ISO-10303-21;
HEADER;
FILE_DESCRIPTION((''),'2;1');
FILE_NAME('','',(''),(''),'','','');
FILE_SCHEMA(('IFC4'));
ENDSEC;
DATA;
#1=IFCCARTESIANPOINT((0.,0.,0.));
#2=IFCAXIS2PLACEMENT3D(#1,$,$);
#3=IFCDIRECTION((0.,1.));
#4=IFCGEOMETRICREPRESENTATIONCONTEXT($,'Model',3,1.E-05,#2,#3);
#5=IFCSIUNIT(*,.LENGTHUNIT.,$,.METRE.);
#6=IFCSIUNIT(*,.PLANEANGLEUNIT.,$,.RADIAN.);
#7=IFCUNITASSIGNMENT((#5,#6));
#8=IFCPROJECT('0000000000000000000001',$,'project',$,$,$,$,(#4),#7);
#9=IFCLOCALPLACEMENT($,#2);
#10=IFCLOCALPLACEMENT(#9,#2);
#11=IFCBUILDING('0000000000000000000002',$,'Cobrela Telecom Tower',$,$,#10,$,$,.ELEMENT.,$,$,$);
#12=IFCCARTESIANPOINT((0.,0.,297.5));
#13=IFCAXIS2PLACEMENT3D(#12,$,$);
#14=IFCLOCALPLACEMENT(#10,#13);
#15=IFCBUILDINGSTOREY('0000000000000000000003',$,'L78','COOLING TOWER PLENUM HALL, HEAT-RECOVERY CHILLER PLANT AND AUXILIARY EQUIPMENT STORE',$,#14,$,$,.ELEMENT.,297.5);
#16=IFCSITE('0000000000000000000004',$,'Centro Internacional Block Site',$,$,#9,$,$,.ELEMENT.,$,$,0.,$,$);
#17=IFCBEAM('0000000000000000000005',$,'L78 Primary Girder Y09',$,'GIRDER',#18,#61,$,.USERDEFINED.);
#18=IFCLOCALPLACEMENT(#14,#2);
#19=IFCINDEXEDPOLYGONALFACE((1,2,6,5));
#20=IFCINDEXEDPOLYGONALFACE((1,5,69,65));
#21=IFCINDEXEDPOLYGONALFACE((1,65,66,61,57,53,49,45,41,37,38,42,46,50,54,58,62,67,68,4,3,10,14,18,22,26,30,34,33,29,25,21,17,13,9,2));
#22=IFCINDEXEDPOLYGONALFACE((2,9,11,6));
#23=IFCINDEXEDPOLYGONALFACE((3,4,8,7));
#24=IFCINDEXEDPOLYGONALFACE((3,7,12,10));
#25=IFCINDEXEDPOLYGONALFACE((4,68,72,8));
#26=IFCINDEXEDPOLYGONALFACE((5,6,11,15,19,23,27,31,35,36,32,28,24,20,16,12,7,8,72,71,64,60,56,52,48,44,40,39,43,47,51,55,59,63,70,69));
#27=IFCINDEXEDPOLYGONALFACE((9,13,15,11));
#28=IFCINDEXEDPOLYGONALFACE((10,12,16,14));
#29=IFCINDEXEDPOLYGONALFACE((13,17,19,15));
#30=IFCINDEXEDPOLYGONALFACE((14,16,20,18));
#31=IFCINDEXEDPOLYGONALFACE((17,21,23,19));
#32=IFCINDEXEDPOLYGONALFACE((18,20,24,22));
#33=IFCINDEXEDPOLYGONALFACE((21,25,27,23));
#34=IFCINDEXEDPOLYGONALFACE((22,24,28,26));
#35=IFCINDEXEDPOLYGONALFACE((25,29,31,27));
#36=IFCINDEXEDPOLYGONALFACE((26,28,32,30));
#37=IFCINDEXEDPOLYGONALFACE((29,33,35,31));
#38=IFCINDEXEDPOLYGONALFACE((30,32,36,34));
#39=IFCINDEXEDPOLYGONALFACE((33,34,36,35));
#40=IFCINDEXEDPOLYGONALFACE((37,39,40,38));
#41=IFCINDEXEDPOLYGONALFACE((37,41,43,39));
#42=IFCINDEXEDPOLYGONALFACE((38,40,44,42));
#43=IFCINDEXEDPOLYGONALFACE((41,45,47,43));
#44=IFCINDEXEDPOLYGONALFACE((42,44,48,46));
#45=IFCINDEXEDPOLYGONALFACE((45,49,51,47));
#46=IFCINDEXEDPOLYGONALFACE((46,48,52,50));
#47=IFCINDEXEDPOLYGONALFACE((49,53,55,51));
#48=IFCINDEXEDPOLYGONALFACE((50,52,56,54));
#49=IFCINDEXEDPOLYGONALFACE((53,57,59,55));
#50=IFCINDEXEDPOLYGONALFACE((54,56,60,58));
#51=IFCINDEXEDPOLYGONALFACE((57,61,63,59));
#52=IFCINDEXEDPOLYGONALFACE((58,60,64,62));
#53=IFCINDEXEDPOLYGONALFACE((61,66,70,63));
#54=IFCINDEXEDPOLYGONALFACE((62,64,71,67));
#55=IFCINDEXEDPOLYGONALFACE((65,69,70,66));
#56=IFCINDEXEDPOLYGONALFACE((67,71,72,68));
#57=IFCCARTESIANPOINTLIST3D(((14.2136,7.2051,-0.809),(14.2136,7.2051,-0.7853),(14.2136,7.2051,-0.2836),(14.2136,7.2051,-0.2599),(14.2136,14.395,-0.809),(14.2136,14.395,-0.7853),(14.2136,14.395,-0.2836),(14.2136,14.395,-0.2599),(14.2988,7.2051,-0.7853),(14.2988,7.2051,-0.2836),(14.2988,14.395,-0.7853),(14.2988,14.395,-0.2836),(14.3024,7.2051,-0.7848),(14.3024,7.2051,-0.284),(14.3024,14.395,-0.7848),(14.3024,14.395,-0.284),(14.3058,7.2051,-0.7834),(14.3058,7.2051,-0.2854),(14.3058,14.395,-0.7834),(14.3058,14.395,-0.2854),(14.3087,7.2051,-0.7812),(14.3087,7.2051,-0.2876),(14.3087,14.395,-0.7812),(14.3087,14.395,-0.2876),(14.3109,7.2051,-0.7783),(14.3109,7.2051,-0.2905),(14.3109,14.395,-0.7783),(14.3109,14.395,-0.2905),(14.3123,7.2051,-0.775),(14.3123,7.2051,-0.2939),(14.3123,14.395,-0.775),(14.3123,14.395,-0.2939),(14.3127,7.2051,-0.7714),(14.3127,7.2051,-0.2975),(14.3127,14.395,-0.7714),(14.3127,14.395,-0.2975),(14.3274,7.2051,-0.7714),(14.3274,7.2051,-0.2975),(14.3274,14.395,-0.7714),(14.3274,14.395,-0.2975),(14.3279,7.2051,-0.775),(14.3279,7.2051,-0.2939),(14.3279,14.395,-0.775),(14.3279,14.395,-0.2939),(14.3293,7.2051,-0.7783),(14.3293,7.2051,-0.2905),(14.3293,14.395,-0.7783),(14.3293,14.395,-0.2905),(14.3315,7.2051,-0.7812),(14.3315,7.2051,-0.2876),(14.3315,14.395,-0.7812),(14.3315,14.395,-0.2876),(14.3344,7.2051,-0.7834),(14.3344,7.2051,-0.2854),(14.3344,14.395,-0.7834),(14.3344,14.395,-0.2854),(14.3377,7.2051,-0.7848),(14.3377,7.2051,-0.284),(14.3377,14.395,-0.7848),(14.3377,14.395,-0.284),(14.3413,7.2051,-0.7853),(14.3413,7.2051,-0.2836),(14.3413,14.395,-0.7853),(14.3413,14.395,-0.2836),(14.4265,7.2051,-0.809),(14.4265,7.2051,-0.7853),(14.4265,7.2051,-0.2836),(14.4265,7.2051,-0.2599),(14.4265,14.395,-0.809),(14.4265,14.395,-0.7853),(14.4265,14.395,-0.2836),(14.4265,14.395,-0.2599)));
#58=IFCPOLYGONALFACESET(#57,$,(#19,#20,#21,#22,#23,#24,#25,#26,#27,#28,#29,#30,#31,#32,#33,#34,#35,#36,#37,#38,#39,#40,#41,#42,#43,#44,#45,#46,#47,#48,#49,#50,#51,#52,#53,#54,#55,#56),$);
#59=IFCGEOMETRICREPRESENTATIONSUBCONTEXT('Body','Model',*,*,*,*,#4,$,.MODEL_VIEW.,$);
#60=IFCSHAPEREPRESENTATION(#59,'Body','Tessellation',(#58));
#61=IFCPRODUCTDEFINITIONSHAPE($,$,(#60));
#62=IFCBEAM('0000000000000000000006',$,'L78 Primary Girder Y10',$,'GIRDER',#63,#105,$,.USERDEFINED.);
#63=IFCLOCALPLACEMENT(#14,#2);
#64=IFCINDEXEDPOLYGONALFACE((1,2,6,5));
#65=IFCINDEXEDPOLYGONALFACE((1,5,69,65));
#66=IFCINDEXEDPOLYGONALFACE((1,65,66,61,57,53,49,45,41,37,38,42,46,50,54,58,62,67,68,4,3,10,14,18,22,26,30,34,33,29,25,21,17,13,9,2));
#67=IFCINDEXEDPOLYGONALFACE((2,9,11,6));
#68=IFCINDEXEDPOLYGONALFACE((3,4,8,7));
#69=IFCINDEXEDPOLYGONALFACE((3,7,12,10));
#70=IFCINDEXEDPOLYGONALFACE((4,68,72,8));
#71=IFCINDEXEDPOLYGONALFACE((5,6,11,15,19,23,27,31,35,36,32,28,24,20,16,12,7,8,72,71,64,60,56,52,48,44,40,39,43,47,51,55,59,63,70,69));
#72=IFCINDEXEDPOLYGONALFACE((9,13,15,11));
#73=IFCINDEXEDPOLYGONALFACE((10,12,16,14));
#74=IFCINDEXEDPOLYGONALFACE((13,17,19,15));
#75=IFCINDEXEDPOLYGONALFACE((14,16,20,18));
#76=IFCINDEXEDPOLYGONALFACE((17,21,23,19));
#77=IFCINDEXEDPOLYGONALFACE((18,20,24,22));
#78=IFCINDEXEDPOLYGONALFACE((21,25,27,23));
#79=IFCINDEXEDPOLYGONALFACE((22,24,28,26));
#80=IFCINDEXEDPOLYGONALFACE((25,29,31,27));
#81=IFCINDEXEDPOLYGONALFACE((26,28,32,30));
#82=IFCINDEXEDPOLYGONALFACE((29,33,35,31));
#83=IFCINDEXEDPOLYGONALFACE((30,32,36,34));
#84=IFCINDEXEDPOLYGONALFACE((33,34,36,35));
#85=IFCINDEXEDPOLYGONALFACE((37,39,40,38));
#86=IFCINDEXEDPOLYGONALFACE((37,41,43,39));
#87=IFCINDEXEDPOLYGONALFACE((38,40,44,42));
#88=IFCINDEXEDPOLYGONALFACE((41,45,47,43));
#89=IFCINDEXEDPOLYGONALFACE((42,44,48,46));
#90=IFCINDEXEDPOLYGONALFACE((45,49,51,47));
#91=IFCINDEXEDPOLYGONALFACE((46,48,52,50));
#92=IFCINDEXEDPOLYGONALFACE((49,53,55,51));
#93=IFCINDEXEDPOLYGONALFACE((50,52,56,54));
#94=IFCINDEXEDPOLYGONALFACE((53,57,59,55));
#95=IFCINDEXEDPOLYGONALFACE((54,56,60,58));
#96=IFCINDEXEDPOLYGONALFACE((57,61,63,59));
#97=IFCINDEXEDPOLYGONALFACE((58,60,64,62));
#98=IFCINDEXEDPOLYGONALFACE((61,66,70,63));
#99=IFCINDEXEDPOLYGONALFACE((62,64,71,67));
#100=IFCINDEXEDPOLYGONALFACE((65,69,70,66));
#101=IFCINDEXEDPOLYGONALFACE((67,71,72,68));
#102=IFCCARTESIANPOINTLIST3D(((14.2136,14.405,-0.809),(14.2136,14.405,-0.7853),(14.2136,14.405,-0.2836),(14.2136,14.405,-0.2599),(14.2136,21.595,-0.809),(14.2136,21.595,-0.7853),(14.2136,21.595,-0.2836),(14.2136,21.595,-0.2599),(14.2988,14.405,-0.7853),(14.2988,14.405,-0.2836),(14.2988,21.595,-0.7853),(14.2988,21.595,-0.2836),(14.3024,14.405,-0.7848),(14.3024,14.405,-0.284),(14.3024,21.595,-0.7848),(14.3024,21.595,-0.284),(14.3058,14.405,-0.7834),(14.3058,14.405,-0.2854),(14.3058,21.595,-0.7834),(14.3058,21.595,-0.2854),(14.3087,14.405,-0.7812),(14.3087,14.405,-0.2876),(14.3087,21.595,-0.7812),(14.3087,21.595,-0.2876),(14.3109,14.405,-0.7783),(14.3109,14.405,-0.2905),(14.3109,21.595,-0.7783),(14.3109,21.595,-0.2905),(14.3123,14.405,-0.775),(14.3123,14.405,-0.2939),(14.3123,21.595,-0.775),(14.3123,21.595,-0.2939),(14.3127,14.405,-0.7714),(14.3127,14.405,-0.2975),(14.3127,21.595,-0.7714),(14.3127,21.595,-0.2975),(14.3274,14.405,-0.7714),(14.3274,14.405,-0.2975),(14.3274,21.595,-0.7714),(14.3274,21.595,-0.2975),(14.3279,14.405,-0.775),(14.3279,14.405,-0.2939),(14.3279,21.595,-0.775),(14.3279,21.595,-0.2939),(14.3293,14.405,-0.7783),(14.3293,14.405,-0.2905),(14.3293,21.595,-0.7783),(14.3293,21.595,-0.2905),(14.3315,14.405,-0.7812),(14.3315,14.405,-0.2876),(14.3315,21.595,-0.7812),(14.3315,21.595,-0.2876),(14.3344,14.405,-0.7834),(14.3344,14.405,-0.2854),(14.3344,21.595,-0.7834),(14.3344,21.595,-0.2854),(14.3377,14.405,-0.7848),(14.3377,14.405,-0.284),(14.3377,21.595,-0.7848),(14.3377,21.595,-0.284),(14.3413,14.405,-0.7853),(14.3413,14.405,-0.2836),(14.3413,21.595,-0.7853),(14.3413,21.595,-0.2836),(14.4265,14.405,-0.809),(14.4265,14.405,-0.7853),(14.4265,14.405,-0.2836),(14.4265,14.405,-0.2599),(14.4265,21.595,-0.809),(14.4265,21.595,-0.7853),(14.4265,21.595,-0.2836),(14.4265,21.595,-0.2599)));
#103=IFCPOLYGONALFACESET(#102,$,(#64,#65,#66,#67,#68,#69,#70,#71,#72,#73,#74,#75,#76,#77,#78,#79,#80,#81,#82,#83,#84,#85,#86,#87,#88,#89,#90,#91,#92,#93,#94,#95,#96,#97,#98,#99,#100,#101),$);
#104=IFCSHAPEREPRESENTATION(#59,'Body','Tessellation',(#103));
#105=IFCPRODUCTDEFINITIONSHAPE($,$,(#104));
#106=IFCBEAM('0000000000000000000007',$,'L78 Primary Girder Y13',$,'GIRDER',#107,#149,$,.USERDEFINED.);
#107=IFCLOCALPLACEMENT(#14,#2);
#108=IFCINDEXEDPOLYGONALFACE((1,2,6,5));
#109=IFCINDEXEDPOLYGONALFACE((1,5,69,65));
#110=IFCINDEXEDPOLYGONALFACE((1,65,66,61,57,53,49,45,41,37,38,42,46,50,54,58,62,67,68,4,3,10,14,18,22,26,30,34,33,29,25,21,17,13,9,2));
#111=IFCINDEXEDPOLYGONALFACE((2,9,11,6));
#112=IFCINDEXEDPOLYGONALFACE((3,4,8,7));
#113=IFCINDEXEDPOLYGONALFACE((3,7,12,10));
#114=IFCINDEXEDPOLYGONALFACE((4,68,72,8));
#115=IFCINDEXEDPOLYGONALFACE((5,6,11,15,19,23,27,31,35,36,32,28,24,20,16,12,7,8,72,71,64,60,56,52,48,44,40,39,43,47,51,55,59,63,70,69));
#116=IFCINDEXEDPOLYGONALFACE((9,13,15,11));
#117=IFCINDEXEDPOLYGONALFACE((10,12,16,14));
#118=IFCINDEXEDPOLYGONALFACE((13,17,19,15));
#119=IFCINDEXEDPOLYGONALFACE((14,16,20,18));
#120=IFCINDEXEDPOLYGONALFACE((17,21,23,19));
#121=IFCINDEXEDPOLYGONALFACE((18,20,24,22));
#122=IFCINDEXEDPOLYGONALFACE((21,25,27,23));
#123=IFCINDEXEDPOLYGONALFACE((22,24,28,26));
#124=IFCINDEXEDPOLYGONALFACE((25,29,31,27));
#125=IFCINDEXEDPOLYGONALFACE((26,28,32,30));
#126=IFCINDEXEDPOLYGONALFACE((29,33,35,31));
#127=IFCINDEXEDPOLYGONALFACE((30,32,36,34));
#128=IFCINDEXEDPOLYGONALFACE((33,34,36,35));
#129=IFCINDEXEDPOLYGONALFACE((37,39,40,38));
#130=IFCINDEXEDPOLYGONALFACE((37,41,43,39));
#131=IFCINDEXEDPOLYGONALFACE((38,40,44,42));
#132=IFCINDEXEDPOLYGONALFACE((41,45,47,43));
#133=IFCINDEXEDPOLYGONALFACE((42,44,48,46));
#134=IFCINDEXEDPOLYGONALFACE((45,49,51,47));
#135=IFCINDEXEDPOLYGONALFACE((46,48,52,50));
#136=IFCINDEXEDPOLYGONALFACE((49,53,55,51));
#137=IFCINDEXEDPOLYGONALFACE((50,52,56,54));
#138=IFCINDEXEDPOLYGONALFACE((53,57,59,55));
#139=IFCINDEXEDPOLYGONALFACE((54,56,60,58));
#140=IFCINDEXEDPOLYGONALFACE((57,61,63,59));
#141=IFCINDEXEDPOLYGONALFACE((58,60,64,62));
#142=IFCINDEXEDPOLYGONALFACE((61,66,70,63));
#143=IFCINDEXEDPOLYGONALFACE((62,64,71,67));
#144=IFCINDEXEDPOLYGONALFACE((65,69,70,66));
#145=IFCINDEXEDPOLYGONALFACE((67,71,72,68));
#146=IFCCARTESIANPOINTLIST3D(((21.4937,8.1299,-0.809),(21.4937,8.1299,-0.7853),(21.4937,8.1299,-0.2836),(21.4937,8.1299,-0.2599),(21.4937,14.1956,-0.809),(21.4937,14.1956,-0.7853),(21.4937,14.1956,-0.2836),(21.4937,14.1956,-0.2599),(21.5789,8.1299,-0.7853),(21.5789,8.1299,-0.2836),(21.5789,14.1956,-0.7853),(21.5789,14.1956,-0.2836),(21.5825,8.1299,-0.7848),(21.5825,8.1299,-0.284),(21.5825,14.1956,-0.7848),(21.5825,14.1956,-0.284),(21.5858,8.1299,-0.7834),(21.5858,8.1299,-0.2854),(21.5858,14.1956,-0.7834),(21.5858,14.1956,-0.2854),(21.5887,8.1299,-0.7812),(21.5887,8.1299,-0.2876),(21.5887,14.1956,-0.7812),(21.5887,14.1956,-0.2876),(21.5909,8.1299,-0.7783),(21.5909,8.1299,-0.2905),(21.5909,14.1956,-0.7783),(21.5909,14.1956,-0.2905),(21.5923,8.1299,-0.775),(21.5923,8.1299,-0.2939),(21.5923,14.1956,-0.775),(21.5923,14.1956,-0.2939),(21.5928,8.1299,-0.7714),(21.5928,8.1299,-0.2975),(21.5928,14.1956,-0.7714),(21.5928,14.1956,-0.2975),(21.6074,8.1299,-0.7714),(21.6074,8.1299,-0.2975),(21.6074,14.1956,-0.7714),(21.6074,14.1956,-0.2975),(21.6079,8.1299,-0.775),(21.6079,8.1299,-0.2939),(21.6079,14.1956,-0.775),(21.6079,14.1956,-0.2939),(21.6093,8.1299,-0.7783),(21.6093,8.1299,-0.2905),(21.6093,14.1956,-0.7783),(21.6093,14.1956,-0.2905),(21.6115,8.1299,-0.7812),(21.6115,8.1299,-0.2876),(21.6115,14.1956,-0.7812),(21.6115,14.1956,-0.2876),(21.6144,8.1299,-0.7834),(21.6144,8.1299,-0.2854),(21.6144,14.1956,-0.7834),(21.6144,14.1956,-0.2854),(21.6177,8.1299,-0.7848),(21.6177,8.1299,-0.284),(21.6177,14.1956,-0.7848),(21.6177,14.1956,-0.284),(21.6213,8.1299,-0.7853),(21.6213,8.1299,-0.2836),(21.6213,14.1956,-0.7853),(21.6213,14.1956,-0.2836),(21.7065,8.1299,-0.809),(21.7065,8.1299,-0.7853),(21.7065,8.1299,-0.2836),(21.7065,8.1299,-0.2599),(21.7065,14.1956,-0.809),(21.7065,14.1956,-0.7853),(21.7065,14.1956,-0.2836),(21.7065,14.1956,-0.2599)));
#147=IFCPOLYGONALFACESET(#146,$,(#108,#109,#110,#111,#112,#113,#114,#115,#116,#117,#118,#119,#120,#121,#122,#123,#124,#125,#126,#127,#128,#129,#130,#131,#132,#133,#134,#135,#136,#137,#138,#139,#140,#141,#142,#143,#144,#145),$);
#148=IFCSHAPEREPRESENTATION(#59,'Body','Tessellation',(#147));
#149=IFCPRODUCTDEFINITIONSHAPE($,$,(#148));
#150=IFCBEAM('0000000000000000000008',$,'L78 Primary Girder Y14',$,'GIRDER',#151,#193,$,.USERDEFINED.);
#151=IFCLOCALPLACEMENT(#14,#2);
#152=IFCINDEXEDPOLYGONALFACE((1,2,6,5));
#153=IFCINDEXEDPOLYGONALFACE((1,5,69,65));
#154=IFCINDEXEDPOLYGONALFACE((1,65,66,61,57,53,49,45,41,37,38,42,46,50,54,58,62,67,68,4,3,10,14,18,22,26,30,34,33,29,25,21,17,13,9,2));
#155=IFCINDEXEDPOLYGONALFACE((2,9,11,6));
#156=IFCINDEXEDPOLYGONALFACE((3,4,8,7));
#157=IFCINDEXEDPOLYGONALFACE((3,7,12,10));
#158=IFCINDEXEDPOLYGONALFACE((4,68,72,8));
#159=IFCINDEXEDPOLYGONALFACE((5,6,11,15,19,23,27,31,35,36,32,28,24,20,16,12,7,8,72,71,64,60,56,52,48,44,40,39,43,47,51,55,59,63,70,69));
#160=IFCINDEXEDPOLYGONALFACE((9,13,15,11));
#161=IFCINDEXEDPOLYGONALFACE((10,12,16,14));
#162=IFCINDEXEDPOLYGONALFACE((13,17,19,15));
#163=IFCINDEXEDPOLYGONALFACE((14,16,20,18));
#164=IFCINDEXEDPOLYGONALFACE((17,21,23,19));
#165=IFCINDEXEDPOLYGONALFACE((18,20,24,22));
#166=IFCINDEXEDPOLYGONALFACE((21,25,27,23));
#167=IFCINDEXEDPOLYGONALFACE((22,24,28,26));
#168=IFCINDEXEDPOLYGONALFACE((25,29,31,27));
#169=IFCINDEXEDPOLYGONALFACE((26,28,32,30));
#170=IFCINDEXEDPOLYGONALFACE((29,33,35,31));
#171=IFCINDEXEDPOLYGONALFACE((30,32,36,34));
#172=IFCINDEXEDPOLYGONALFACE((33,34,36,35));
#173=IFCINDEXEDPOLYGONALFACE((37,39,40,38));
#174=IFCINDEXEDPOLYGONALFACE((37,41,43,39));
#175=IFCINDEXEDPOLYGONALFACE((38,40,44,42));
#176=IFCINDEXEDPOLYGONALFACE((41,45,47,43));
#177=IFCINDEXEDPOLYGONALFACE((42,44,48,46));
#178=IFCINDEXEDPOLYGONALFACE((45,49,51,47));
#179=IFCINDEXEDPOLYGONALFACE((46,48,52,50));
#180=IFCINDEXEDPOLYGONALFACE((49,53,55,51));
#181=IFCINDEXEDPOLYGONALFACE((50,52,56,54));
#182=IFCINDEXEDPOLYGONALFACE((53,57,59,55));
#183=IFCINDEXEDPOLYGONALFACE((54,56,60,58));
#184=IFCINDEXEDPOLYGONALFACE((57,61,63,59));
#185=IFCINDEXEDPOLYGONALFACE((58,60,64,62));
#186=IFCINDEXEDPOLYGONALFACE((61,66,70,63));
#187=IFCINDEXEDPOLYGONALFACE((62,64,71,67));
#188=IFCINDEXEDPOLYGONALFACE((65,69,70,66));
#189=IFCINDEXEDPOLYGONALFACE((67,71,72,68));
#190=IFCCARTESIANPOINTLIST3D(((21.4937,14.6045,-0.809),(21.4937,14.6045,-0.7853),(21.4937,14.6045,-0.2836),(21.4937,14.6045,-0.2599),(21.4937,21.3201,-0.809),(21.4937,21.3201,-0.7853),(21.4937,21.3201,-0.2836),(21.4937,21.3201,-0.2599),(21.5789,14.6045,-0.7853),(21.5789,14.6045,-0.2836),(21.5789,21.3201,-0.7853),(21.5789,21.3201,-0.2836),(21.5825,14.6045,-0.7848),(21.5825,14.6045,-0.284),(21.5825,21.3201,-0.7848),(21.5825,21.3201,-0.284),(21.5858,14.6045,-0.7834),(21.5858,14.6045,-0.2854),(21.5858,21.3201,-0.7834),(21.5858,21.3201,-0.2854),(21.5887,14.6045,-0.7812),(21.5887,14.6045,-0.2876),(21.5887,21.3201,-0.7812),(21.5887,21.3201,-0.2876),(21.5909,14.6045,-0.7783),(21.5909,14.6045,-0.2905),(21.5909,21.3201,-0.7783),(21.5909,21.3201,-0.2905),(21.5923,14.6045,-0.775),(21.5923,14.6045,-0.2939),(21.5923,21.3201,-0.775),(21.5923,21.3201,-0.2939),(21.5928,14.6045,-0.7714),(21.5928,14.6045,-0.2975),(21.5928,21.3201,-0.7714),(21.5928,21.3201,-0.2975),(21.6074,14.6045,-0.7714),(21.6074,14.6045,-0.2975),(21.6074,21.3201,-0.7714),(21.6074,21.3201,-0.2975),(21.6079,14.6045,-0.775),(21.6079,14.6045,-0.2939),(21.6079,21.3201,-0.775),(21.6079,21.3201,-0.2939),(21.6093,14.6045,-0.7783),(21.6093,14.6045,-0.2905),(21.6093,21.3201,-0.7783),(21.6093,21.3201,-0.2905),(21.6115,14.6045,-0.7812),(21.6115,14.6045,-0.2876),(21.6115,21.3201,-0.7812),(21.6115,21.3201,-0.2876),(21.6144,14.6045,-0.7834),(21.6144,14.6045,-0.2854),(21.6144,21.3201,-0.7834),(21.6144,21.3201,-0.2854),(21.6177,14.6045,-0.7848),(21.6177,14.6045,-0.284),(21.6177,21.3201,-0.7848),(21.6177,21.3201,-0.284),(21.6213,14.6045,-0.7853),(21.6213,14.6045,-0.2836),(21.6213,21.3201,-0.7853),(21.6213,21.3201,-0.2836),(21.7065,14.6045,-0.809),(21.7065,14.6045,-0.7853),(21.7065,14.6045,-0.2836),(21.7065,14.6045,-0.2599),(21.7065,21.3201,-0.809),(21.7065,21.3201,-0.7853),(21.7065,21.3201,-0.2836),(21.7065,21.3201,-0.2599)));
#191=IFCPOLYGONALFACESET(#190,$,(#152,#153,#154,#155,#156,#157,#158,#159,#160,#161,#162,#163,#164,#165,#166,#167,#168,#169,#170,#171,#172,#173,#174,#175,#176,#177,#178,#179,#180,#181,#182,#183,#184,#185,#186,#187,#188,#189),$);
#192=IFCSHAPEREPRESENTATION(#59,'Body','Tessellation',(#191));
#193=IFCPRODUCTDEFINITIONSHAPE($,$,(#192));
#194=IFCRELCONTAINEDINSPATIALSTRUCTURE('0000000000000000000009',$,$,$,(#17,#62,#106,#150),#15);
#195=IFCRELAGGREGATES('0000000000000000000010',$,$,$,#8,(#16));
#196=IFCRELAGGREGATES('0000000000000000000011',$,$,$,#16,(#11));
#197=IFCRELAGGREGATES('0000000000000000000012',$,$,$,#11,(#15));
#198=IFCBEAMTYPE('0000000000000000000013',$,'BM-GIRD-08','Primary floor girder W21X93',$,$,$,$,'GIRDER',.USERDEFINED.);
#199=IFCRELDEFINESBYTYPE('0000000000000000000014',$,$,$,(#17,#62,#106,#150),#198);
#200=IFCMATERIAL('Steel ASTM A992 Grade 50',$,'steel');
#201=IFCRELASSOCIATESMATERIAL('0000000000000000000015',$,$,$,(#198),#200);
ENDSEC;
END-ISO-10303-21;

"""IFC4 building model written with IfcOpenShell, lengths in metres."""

from ifc_helpers import new_model, si_unit, direction, frame, origin, origin_2d, place, context, subcontext, project, spatial, i_section, extrude, material, material_profile, profile_set, type_object, element, save


model = new_model("IFC4")

# Units and contexts
model_context = context("Model", 3, precision=1e-05, world=origin(), true_north=direction((0.0, 1.0)))
body_context = subcontext(model_context, "Body", "Model", "MODEL_VIEW")
ifc_project = project(units=[si_unit("LENGTHUNIT", "METRE"), si_unit("PLANEANGLEUNIT", "RADIAN")], contexts=[model_context])

# Site, building, storey
site_placement = place(None, origin())
site = spatial("IfcSite", under=ifc_project, at=site_placement, Name="Centro Internacional Block Site", CompositionType="ELEMENT", RefElevation=0.0)
building_placement = place(site_placement, origin())
building = spatial("IfcBuilding", under=site, at=building_placement, Name="Cobrela Telecom Tower", CompositionType="ELEMENT")
storey_placement = place(building_placement, frame((0.0, 0.0, 297.5)))
storey = spatial("IfcBuildingStorey", under=building, at=storey_placement, Name="L78", Description="COOLING TOWER PLENUM HALL, HEAT-RECOVERY CHILLER PLANT AND AUXILIARY EQUIPMENT STORE", CompositionType="ELEMENT", Elevation=297.5)

# Shared definitions
ifc_material_1 = material(Name="Steel ASTM A992 Grade 50", Category="steel")

# Beams
ifc_material_profile_1 = material_profile(ifc_material_1, i_section(OverallWidth=0.2129, OverallDepth=0.5491, WebThickness=0.0146, FlangeThickness=0.0237, FilletRadius=0.0139, at=origin_2d()), Name="W21X93")
ifc_profile_set_1 = profile_set([ifc_material_profile_1], Name="Steel ASTM A992 Grade 50")
beam_type_1 = type_object("IfcBeamType", Name="BM-GIRD-08", Description="Primary floor girder W21X93", ElementType="GIRDER", PredefinedType="USERDEFINED", material=ifc_profile_set_1)
for number, where, z_axis, x_axis, name in (
    (1, (14.3201, 7.2051, -0.5344), (0.0, 1.0, 0.0), (-1.0, 0.0, 0.0), "L78 Primary Girder Y09"),
    (2, (14.3201, 14.405, -0.5344), (0.0, 1.0, 0.0), (-1.0, 0.0, 0.0), "L78 Primary Girder Y10"),
):
    element("IfcBeam", number, at=place(storey_placement, frame(where, z_axis=z_axis, x_axis=x_axis)), inside=storey, type_object=beam_type_1, Name=name, ObjectType="GIRDER", PredefinedType="USERDEFINED", context=body_context, shape_type="SweptSolid", body=[
        extrude(i_section(OverallWidth=0.2129, OverallDepth=0.5491, WebThickness=0.0146, FlangeThickness=0.0237, FilletRadius=0.0139, at=origin_2d()), origin(), (0.0, 0.0, 1.0), 7.1899),
    ])
beam_1_placement = place(storey_placement, frame((21.6001, 8.1299, -0.5344), z_axis=(0.0, 1.0, 0.0), x_axis=(-1.0, 0.0, 0.0)))
element("IfcBeam", 3, at=beam_1_placement, inside=storey, type_object=beam_type_1, Name="L78 Primary Girder Y13", ObjectType="GIRDER", PredefinedType="USERDEFINED", context=body_context, shape_type="SweptSolid", body=[
    extrude(i_section(OverallWidth=0.2129, OverallDepth=0.5491, WebThickness=0.0146, FlangeThickness=0.0237, FilletRadius=0.0139, at=origin_2d()), origin(), (0.0, 0.0, 1.0), 6.0657),
])
beam_2_placement = place(storey_placement, frame((21.6001, 14.6045, -0.5344), z_axis=(0.0, 1.0, 0.0), x_axis=(-1.0, 0.0, 0.0)))
element("IfcBeam", 4, at=beam_2_placement, inside=storey, type_object=beam_type_1, Name="L78 Primary Girder Y14", ObjectType="GIRDER", PredefinedType="USERDEFINED", context=body_context, shape_type="SweptSolid", body=[
    extrude(i_section(OverallWidth=0.2129, OverallDepth=0.5491, WebThickness=0.0146, FlangeThickness=0.0237, FilletRadius=0.0139, at=origin_2d()), origin(), (0.0, 0.0, 1.0), 6.7156),
])

save(model, "model.ifc")
